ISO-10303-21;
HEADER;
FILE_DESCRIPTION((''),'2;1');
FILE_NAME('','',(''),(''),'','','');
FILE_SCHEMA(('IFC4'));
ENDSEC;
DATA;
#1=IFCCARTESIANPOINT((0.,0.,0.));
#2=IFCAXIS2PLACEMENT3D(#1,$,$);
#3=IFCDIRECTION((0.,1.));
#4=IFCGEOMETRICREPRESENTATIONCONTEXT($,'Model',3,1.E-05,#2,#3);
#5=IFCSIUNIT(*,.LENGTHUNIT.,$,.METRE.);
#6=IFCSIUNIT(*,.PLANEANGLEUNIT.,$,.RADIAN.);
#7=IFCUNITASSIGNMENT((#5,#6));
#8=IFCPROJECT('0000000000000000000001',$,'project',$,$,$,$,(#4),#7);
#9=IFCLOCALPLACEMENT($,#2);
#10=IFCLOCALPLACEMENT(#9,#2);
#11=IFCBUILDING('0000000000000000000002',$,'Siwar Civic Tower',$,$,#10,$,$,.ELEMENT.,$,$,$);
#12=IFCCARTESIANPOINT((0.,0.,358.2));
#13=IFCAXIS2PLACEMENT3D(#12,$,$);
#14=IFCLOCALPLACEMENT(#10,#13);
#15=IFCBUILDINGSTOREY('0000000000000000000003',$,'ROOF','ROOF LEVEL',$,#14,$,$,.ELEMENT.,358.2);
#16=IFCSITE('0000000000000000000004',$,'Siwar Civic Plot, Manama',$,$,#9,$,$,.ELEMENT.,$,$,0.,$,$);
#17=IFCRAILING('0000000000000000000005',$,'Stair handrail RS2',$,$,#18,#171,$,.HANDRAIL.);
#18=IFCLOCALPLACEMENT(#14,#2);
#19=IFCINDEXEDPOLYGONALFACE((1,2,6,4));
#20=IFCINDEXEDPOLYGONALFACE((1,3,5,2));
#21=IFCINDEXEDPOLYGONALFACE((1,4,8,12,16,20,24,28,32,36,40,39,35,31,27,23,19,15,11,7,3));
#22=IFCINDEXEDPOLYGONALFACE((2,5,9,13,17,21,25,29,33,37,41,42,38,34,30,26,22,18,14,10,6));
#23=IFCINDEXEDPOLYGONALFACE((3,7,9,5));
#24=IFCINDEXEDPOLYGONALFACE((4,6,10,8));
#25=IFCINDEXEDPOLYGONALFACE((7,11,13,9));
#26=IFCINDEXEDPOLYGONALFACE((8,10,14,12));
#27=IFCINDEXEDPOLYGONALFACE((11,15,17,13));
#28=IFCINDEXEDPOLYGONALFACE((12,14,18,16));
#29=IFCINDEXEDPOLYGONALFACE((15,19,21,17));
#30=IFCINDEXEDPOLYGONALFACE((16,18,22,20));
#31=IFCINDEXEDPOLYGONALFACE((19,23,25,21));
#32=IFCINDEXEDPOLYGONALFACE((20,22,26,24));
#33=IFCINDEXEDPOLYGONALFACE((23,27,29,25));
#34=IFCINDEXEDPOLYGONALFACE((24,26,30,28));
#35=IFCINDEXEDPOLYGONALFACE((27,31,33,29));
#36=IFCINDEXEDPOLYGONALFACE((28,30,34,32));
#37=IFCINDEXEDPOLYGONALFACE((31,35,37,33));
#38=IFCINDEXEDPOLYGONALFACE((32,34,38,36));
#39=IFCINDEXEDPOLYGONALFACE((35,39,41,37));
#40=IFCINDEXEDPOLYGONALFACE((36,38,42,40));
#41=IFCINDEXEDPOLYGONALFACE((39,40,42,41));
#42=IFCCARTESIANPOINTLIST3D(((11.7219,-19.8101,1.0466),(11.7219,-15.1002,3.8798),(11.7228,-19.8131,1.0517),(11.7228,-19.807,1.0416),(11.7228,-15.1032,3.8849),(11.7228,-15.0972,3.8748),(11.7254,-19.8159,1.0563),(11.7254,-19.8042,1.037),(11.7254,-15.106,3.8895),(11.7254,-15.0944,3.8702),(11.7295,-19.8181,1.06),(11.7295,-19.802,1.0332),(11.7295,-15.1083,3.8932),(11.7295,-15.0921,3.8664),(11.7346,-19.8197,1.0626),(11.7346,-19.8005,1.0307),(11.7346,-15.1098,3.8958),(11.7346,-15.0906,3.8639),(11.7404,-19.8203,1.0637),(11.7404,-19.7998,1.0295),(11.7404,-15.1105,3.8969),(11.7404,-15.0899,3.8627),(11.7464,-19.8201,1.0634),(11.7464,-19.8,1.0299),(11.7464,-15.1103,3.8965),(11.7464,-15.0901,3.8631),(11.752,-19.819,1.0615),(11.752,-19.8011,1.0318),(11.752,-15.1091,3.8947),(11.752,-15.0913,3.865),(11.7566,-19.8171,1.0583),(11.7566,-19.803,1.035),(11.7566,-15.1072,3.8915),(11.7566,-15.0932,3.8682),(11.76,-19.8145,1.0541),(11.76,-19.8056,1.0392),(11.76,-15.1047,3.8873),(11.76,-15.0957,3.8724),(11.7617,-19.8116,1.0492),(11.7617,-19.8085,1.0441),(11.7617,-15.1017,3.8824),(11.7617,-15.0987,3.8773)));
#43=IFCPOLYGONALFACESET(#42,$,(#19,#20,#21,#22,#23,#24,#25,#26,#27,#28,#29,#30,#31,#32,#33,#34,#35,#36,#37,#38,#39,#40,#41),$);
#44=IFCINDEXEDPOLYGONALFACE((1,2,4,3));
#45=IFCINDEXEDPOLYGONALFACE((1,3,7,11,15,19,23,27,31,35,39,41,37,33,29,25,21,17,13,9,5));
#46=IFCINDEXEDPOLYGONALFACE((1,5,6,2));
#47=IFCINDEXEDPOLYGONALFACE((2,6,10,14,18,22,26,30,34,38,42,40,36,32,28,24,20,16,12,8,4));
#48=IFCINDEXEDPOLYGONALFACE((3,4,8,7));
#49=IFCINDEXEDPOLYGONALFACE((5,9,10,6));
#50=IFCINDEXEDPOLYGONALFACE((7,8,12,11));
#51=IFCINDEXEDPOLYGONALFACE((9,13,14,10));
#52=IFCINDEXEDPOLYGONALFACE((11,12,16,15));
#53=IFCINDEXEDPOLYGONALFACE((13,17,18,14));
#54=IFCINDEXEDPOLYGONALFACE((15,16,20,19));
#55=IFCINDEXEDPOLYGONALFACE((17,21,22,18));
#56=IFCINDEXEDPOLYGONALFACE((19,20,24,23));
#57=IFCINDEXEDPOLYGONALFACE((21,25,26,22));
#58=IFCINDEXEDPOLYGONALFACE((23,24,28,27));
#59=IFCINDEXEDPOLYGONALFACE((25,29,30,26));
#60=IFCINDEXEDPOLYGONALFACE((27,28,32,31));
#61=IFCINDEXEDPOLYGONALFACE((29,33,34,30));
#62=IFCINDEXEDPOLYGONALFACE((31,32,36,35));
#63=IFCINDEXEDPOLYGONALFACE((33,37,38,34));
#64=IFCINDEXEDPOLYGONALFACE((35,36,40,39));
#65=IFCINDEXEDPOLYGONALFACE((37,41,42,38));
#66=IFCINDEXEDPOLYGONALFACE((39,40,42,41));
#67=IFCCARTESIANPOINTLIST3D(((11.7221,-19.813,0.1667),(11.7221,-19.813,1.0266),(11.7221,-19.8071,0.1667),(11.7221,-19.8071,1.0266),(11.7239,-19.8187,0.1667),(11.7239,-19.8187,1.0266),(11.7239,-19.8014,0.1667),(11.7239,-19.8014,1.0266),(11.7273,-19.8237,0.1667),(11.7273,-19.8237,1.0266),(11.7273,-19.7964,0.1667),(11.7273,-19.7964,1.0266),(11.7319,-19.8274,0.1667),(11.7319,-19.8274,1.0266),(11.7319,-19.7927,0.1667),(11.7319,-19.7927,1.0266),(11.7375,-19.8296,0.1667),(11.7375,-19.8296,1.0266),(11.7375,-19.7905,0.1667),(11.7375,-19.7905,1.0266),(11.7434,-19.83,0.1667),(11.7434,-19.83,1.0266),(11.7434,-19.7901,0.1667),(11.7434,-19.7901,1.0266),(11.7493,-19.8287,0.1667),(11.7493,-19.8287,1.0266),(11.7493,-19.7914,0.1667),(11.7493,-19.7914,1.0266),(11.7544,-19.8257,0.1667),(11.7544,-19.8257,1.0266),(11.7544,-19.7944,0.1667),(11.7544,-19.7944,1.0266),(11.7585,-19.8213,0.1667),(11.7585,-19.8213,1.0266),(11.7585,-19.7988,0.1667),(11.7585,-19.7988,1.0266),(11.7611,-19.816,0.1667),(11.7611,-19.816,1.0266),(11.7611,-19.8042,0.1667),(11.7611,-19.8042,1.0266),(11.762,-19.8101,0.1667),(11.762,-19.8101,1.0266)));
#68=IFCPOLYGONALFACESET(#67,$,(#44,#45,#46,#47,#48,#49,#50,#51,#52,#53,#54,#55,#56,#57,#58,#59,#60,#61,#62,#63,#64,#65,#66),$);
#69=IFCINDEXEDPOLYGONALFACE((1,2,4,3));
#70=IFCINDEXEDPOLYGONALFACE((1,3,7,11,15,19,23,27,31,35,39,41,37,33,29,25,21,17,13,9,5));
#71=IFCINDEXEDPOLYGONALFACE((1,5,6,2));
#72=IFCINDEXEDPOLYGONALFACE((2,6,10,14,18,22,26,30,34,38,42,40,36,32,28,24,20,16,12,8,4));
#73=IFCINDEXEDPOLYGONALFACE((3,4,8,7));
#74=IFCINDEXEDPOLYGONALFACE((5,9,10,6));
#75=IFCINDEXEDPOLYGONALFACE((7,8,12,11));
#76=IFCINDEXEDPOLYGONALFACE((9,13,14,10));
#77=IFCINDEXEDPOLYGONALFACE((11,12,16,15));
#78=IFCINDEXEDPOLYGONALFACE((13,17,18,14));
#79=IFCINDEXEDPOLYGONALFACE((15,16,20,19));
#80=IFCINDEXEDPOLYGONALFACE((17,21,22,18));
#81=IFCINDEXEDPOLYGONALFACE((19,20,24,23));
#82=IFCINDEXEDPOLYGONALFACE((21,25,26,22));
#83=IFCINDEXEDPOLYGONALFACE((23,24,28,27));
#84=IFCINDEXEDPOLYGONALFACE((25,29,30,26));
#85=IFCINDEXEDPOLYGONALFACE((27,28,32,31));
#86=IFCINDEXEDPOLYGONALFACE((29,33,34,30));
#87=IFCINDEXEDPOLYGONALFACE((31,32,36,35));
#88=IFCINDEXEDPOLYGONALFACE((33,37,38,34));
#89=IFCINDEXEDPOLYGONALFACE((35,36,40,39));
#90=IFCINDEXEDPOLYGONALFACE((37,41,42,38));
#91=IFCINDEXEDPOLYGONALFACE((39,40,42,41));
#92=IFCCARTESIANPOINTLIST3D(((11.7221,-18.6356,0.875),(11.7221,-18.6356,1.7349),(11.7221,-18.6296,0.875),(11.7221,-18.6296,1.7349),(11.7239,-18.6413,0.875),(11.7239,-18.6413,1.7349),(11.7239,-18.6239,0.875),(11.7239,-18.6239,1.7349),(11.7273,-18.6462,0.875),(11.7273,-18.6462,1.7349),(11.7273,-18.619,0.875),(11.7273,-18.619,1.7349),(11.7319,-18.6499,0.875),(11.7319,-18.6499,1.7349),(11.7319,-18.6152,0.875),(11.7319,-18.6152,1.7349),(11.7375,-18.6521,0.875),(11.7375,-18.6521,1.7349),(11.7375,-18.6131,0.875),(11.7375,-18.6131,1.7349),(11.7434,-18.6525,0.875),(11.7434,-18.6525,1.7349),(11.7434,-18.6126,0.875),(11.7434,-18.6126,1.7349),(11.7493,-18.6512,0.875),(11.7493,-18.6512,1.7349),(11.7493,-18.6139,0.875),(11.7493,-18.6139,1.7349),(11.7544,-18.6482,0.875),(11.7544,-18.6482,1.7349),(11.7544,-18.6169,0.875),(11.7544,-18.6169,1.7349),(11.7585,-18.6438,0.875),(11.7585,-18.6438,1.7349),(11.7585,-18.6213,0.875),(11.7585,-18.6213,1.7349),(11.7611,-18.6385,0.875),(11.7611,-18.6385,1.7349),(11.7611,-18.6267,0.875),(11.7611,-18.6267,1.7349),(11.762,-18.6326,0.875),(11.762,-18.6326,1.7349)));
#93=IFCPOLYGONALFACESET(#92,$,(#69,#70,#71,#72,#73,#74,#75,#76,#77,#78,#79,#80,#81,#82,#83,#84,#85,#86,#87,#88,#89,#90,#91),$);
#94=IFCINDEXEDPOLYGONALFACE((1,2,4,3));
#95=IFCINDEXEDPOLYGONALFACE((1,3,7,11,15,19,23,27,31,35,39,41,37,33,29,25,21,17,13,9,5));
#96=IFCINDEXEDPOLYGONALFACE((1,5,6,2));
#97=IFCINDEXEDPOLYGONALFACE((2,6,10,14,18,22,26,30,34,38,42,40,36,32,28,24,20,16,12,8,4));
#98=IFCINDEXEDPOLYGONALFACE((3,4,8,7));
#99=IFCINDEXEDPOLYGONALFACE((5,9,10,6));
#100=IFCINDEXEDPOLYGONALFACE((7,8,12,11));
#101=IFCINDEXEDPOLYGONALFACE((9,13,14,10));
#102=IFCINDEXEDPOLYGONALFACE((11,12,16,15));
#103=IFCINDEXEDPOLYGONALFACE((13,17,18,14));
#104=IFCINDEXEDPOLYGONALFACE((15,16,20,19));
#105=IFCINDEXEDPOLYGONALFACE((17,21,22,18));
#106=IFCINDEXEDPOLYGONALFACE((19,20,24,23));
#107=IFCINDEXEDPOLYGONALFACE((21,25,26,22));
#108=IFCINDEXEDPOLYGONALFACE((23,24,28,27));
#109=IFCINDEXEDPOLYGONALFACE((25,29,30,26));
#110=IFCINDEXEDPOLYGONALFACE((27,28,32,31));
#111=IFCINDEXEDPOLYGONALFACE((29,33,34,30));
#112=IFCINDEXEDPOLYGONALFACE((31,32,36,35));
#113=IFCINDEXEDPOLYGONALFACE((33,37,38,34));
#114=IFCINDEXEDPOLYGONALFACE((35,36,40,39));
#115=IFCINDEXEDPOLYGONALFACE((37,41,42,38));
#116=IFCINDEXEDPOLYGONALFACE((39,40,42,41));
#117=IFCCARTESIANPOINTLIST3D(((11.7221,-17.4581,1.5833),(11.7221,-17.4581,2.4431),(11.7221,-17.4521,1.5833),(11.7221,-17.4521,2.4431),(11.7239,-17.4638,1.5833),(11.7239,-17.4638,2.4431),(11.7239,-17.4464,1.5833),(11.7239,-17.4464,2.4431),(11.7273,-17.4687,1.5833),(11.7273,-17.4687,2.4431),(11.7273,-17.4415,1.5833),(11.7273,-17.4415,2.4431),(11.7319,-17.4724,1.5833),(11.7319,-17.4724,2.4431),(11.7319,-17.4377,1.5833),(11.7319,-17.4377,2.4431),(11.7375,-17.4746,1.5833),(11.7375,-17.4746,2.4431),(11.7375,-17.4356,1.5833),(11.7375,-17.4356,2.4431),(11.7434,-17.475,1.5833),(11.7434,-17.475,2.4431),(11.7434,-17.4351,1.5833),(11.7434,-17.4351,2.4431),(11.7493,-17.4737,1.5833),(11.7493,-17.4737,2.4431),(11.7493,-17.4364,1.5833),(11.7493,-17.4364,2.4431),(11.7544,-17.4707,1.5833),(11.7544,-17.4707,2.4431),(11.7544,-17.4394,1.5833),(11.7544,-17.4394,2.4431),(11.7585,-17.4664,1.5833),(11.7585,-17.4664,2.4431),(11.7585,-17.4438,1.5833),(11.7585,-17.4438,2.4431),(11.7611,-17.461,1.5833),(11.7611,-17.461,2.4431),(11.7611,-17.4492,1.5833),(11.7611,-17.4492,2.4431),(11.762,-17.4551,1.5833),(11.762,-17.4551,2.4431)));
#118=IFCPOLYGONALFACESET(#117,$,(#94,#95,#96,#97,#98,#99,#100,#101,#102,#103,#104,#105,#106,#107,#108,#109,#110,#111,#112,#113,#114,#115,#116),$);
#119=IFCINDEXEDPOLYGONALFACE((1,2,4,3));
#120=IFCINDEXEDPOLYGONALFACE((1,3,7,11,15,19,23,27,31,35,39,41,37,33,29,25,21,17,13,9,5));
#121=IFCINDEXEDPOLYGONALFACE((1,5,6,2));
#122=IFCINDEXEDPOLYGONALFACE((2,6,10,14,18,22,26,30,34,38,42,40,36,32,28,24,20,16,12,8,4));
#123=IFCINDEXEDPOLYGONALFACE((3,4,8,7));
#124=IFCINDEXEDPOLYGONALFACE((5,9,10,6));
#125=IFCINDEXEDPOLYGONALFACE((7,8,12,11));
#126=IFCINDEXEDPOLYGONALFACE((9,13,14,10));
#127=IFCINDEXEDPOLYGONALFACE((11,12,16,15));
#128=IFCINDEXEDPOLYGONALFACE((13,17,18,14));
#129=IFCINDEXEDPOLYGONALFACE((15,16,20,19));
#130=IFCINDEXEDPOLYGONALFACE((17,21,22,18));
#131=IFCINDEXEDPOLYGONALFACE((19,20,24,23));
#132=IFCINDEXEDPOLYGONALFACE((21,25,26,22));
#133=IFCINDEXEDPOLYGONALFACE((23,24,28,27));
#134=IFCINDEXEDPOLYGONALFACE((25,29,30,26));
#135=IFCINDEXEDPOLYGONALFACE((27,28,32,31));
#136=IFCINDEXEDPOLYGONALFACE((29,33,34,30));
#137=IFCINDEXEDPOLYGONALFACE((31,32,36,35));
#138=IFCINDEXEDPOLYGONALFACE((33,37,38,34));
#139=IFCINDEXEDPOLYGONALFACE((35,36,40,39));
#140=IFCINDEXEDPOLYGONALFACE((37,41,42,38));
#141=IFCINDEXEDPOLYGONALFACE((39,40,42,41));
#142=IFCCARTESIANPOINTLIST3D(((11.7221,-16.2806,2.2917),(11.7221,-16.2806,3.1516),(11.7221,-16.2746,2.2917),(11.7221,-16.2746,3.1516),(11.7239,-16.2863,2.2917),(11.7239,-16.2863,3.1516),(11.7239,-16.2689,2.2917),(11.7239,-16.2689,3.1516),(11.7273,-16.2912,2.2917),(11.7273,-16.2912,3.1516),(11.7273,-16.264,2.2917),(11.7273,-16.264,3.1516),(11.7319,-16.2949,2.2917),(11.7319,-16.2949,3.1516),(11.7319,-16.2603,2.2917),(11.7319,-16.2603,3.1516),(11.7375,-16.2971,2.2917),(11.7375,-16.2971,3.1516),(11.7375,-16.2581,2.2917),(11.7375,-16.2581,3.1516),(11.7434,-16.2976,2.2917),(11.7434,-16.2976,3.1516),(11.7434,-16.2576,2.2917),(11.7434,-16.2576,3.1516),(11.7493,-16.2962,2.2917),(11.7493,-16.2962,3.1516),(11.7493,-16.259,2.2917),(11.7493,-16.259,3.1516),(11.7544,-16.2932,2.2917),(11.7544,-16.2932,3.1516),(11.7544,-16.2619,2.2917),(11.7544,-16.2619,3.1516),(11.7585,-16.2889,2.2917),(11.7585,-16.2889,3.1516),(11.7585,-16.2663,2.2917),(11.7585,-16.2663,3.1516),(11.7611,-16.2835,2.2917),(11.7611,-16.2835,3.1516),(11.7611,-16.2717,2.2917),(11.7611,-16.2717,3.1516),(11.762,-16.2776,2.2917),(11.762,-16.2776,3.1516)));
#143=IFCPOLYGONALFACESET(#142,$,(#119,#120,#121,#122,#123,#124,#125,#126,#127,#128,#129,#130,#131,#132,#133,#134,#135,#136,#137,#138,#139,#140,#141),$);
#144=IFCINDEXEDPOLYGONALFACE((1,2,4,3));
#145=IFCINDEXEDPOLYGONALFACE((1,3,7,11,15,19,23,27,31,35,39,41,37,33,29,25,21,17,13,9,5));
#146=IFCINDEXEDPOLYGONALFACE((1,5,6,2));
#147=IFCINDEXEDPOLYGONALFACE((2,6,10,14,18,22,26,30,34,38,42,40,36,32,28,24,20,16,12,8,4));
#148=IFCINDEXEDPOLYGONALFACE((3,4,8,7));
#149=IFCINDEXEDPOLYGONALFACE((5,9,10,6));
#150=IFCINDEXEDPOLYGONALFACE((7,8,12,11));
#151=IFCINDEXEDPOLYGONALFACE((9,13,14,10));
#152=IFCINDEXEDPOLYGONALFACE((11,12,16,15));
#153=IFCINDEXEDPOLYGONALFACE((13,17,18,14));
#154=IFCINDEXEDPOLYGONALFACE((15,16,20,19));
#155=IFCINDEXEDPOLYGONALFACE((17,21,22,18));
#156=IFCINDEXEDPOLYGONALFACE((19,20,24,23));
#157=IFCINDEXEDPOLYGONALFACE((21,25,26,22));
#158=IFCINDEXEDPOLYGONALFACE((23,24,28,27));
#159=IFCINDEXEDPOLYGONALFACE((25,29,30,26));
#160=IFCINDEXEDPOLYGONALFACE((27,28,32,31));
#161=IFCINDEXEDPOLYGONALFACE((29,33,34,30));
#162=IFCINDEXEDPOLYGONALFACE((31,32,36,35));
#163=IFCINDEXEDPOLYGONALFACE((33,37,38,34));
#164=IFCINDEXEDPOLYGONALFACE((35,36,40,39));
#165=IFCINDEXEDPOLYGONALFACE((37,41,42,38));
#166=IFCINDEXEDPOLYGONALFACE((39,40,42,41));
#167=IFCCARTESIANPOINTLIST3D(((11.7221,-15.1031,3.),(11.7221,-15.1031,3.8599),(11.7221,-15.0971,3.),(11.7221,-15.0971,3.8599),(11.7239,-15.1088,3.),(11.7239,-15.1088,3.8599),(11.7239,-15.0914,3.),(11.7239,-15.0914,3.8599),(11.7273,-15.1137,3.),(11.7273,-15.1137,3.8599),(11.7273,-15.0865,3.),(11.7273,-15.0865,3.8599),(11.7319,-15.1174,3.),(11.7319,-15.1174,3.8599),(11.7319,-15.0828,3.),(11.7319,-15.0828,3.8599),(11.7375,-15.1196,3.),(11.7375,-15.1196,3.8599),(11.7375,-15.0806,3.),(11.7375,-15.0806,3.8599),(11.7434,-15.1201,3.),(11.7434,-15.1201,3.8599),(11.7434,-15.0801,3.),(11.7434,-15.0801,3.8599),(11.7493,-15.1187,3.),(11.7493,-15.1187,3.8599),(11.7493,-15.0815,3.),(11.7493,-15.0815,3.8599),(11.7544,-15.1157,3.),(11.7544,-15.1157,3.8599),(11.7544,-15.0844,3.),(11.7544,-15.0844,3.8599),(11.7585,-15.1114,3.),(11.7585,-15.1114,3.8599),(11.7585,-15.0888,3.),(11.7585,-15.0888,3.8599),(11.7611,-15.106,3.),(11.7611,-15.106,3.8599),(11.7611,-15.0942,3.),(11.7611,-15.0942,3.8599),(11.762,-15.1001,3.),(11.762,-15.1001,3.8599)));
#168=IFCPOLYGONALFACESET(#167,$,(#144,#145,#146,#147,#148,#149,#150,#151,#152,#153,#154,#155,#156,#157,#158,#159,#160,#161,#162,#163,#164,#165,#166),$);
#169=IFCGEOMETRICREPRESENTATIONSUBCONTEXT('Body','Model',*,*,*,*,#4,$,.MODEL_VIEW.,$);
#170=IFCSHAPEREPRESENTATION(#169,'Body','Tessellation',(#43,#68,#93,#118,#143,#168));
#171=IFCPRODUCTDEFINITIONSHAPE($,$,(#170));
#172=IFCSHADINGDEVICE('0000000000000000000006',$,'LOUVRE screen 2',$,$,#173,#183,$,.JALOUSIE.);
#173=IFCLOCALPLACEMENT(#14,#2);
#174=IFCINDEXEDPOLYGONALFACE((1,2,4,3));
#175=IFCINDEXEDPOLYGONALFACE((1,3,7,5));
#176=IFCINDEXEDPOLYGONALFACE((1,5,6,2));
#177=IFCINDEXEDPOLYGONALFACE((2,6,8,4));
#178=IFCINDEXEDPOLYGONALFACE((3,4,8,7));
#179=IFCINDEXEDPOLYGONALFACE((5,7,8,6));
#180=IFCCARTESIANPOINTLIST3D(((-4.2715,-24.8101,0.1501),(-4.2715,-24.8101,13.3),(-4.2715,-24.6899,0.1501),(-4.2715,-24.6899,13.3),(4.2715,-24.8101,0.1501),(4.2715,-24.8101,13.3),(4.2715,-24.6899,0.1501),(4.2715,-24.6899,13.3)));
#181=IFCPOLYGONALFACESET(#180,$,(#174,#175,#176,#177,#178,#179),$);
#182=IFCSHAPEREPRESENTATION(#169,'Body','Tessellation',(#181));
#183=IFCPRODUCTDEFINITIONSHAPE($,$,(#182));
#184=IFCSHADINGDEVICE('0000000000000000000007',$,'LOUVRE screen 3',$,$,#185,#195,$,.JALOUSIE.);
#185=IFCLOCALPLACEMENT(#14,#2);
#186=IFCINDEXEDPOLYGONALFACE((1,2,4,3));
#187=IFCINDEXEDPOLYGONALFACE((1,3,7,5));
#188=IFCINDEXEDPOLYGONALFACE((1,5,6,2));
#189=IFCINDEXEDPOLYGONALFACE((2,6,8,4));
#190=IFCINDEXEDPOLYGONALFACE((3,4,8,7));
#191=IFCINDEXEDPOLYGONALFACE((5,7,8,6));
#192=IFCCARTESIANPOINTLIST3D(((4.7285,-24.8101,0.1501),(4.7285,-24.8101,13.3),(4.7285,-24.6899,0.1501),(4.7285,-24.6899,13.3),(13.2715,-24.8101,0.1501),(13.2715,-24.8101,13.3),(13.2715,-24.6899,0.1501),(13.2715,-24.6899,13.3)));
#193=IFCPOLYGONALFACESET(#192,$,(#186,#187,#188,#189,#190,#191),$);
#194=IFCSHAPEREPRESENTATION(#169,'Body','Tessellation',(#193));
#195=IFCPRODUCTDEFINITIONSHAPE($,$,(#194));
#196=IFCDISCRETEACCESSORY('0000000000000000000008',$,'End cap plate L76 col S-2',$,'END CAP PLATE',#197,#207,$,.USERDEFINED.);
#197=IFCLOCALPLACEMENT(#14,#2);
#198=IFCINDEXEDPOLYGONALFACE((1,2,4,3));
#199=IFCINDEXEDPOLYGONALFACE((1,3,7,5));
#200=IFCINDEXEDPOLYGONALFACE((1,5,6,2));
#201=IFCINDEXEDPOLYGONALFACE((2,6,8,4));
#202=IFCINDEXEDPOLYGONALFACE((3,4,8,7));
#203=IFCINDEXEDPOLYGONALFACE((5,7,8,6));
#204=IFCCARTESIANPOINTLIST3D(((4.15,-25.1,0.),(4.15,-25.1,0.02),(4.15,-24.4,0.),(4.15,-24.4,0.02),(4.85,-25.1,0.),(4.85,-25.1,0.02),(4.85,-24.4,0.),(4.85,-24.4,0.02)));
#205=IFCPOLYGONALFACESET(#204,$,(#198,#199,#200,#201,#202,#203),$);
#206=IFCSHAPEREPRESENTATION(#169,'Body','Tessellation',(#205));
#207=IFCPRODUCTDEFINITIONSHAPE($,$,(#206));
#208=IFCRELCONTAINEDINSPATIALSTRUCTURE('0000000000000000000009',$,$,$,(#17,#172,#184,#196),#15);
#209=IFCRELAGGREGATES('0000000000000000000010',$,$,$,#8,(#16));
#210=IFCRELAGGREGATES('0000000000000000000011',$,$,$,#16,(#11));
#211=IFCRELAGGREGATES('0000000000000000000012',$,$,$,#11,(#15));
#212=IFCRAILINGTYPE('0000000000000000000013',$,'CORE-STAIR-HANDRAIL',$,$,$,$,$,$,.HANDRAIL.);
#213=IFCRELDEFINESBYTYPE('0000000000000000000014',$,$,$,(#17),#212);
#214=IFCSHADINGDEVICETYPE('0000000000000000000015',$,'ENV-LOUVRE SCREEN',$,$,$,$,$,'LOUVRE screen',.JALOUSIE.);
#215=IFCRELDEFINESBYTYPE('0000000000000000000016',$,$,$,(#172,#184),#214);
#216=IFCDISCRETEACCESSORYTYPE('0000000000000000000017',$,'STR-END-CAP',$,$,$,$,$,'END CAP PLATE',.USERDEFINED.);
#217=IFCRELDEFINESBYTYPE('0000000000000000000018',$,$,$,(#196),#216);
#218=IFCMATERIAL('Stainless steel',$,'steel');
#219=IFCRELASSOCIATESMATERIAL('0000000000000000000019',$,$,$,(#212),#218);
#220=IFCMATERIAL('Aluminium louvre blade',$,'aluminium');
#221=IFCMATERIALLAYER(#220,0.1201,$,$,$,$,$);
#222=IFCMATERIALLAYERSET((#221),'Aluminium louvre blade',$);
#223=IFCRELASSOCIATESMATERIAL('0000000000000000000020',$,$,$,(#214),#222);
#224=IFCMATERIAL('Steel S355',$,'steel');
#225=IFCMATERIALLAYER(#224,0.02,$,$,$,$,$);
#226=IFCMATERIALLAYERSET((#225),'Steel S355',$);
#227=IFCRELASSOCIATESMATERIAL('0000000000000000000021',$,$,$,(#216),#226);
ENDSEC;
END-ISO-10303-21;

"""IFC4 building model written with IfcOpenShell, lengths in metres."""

from ifc_helpers import new_model, si_unit, direction, frame, origin, origin_2d, place, context, subcontext, project, spatial, rectangle, circle, extrude, material, layer, layer_set, type_object, element, save


model = new_model("IFC4")

# Units and contexts
model_context = context("Model", 3, precision=1e-05, world=origin(), true_north=direction((0.0, 1.0)))
body_context = subcontext(model_context, "Body", "Model", "MODEL_VIEW")
ifc_project = project(units=[si_unit("LENGTHUNIT", "METRE"), si_unit("PLANEANGLEUNIT", "RADIAN")], contexts=[model_context])

# Site, building, storey
site_placement = place(None, origin())
site = spatial("IfcSite", under=ifc_project, at=site_placement, Name="Siwar Civic Plot, Manama", CompositionType="ELEMENT", RefElevation=0.0)
building_placement = place(site_placement, origin())
building = spatial("IfcBuilding", under=site, at=building_placement, Name="Siwar Civic Tower", CompositionType="ELEMENT")
storey_placement = place(building_placement, frame((0.0, 0.0, 358.2)))
storey = spatial("IfcBuildingStorey", under=building, at=storey_placement, Name="ROOF", Description="ROOF LEVEL", CompositionType="ELEMENT", Elevation=358.2)

# Railing
ifc_material_1 = material(Name="Stainless steel", Category="steel")
railing_type_1 = type_object("IfcRailingType", Name="CORE-STAIR-HANDRAIL", PredefinedType="HANDRAIL", material=ifc_material_1)
for number, where, name in (
    (1, (11.7419, -19.8101, 0.1667), "Stair handrail RS2"),
):
    element("IfcRailing", number, at=place(storey_placement, frame(where)), inside=storey, type_object=railing_type_1, Name=name, PredefinedType="HANDRAIL", context=body_context, shape_type="SweptSolid", body=[
        extrude(circle(Radius=0.02, at=origin_2d()), frame((0.0, 0.0, 0.8799), z_axis=(0.0, 0.856908, 0.515469), x_axis=(-1.0, 0.0, 0.0)), (0.0, 0.0, 1.0), 5.4963),
        extrude(circle(Radius=0.02, at=origin_2d()), origin(), (0.0, 0.0, 1.0), 0.8599),
        extrude(circle(Radius=0.02, at=origin_2d()), frame((0.0, 1.1775, 0.7083)), (0.0, 0.0, 1.0), 0.8599),
        extrude(circle(Radius=0.02, at=origin_2d()), frame((0.0, 2.355, 1.4165)), (0.0, 0.0, 1.0), 0.8599),
        extrude(circle(Radius=0.02, at=origin_2d()), frame((0.0, 3.5325, 2.125)), (0.0, 0.0, 1.0), 0.8599),
        extrude(circle(Radius=0.02, at=origin_2d()), frame((0.0, 4.71, 2.8333)), (0.0, 0.0, 1.0), 0.8599),
    ])

# Shading devices
ifc_material_2 = material(Name="Aluminium louvre blade", Category="aluminium")
ifc_layer_1 = layer(ifc_material_2, 0.1201)
ifc_layer_set_1 = layer_set([ifc_layer_1], Name="Aluminium louvre blade")
shading_device_type = type_object("IfcShadingDeviceType", Name="ENV-LOUVRE SCREEN", ElementType="LOUVRE screen", PredefinedType="JALOUSIE", material=ifc_layer_set_1)
for number, where, z_axis, x_axis, name in (
    (2, (0.0, -24.75, 0.1501), (0.0, 0.0, 1.0), (1.0, 0.0, 0.0), "LOUVRE screen 2"),
    (3, (9.0, -24.75, 0.1501), (0.0, 0.0, 1.0), (1.0, 0.0, 0.0), "LOUVRE screen 3"),
):
    element("IfcShadingDevice", number, at=place(storey_placement, frame(where, z_axis=z_axis, x_axis=x_axis)), inside=storey, type_object=shading_device_type, Name=name, PredefinedType="JALOUSIE", context=body_context, shape_type="SweptSolid", body=[
        extrude(rectangle(XDim=8.543, YDim=0.1201, at=origin_2d()), origin(), (0.0, 0.0, 1.0), 13.1499),
    ])

# Discrete accessory
ifc_material_3 = material(Name="Steel S355", Category="steel")
ifc_layer_2 = layer(ifc_material_3, 0.02)
ifc_layer_set_2 = layer_set([ifc_layer_2], Name="Steel S355")
discrete_accessory_type = type_object("IfcDiscreteAccessoryType", Name="STR-END-CAP", ElementType="END CAP PLATE", PredefinedType="USERDEFINED", material=ifc_layer_set_2)
discrete_accessory_placement = place(storey_placement, frame((4.5, -24.75, 0.0), z_axis=(0.0, 0.0, 1.0), x_axis=(1.0, 0.0, 0.0)))
element("IfcDiscreteAccessory", 4, at=discrete_accessory_placement, inside=storey, type_object=discrete_accessory_type, Name="End cap plate L76 col S-2", ObjectType="END CAP PLATE", PredefinedType="USERDEFINED", context=body_context, shape_type="SweptSolid", body=[
    extrude(rectangle(XDim=0.7, YDim=0.7, at=origin_2d()), origin(), (0.0, 0.0, 1.0), 0.02),
])

save(model, "model.ifc")
